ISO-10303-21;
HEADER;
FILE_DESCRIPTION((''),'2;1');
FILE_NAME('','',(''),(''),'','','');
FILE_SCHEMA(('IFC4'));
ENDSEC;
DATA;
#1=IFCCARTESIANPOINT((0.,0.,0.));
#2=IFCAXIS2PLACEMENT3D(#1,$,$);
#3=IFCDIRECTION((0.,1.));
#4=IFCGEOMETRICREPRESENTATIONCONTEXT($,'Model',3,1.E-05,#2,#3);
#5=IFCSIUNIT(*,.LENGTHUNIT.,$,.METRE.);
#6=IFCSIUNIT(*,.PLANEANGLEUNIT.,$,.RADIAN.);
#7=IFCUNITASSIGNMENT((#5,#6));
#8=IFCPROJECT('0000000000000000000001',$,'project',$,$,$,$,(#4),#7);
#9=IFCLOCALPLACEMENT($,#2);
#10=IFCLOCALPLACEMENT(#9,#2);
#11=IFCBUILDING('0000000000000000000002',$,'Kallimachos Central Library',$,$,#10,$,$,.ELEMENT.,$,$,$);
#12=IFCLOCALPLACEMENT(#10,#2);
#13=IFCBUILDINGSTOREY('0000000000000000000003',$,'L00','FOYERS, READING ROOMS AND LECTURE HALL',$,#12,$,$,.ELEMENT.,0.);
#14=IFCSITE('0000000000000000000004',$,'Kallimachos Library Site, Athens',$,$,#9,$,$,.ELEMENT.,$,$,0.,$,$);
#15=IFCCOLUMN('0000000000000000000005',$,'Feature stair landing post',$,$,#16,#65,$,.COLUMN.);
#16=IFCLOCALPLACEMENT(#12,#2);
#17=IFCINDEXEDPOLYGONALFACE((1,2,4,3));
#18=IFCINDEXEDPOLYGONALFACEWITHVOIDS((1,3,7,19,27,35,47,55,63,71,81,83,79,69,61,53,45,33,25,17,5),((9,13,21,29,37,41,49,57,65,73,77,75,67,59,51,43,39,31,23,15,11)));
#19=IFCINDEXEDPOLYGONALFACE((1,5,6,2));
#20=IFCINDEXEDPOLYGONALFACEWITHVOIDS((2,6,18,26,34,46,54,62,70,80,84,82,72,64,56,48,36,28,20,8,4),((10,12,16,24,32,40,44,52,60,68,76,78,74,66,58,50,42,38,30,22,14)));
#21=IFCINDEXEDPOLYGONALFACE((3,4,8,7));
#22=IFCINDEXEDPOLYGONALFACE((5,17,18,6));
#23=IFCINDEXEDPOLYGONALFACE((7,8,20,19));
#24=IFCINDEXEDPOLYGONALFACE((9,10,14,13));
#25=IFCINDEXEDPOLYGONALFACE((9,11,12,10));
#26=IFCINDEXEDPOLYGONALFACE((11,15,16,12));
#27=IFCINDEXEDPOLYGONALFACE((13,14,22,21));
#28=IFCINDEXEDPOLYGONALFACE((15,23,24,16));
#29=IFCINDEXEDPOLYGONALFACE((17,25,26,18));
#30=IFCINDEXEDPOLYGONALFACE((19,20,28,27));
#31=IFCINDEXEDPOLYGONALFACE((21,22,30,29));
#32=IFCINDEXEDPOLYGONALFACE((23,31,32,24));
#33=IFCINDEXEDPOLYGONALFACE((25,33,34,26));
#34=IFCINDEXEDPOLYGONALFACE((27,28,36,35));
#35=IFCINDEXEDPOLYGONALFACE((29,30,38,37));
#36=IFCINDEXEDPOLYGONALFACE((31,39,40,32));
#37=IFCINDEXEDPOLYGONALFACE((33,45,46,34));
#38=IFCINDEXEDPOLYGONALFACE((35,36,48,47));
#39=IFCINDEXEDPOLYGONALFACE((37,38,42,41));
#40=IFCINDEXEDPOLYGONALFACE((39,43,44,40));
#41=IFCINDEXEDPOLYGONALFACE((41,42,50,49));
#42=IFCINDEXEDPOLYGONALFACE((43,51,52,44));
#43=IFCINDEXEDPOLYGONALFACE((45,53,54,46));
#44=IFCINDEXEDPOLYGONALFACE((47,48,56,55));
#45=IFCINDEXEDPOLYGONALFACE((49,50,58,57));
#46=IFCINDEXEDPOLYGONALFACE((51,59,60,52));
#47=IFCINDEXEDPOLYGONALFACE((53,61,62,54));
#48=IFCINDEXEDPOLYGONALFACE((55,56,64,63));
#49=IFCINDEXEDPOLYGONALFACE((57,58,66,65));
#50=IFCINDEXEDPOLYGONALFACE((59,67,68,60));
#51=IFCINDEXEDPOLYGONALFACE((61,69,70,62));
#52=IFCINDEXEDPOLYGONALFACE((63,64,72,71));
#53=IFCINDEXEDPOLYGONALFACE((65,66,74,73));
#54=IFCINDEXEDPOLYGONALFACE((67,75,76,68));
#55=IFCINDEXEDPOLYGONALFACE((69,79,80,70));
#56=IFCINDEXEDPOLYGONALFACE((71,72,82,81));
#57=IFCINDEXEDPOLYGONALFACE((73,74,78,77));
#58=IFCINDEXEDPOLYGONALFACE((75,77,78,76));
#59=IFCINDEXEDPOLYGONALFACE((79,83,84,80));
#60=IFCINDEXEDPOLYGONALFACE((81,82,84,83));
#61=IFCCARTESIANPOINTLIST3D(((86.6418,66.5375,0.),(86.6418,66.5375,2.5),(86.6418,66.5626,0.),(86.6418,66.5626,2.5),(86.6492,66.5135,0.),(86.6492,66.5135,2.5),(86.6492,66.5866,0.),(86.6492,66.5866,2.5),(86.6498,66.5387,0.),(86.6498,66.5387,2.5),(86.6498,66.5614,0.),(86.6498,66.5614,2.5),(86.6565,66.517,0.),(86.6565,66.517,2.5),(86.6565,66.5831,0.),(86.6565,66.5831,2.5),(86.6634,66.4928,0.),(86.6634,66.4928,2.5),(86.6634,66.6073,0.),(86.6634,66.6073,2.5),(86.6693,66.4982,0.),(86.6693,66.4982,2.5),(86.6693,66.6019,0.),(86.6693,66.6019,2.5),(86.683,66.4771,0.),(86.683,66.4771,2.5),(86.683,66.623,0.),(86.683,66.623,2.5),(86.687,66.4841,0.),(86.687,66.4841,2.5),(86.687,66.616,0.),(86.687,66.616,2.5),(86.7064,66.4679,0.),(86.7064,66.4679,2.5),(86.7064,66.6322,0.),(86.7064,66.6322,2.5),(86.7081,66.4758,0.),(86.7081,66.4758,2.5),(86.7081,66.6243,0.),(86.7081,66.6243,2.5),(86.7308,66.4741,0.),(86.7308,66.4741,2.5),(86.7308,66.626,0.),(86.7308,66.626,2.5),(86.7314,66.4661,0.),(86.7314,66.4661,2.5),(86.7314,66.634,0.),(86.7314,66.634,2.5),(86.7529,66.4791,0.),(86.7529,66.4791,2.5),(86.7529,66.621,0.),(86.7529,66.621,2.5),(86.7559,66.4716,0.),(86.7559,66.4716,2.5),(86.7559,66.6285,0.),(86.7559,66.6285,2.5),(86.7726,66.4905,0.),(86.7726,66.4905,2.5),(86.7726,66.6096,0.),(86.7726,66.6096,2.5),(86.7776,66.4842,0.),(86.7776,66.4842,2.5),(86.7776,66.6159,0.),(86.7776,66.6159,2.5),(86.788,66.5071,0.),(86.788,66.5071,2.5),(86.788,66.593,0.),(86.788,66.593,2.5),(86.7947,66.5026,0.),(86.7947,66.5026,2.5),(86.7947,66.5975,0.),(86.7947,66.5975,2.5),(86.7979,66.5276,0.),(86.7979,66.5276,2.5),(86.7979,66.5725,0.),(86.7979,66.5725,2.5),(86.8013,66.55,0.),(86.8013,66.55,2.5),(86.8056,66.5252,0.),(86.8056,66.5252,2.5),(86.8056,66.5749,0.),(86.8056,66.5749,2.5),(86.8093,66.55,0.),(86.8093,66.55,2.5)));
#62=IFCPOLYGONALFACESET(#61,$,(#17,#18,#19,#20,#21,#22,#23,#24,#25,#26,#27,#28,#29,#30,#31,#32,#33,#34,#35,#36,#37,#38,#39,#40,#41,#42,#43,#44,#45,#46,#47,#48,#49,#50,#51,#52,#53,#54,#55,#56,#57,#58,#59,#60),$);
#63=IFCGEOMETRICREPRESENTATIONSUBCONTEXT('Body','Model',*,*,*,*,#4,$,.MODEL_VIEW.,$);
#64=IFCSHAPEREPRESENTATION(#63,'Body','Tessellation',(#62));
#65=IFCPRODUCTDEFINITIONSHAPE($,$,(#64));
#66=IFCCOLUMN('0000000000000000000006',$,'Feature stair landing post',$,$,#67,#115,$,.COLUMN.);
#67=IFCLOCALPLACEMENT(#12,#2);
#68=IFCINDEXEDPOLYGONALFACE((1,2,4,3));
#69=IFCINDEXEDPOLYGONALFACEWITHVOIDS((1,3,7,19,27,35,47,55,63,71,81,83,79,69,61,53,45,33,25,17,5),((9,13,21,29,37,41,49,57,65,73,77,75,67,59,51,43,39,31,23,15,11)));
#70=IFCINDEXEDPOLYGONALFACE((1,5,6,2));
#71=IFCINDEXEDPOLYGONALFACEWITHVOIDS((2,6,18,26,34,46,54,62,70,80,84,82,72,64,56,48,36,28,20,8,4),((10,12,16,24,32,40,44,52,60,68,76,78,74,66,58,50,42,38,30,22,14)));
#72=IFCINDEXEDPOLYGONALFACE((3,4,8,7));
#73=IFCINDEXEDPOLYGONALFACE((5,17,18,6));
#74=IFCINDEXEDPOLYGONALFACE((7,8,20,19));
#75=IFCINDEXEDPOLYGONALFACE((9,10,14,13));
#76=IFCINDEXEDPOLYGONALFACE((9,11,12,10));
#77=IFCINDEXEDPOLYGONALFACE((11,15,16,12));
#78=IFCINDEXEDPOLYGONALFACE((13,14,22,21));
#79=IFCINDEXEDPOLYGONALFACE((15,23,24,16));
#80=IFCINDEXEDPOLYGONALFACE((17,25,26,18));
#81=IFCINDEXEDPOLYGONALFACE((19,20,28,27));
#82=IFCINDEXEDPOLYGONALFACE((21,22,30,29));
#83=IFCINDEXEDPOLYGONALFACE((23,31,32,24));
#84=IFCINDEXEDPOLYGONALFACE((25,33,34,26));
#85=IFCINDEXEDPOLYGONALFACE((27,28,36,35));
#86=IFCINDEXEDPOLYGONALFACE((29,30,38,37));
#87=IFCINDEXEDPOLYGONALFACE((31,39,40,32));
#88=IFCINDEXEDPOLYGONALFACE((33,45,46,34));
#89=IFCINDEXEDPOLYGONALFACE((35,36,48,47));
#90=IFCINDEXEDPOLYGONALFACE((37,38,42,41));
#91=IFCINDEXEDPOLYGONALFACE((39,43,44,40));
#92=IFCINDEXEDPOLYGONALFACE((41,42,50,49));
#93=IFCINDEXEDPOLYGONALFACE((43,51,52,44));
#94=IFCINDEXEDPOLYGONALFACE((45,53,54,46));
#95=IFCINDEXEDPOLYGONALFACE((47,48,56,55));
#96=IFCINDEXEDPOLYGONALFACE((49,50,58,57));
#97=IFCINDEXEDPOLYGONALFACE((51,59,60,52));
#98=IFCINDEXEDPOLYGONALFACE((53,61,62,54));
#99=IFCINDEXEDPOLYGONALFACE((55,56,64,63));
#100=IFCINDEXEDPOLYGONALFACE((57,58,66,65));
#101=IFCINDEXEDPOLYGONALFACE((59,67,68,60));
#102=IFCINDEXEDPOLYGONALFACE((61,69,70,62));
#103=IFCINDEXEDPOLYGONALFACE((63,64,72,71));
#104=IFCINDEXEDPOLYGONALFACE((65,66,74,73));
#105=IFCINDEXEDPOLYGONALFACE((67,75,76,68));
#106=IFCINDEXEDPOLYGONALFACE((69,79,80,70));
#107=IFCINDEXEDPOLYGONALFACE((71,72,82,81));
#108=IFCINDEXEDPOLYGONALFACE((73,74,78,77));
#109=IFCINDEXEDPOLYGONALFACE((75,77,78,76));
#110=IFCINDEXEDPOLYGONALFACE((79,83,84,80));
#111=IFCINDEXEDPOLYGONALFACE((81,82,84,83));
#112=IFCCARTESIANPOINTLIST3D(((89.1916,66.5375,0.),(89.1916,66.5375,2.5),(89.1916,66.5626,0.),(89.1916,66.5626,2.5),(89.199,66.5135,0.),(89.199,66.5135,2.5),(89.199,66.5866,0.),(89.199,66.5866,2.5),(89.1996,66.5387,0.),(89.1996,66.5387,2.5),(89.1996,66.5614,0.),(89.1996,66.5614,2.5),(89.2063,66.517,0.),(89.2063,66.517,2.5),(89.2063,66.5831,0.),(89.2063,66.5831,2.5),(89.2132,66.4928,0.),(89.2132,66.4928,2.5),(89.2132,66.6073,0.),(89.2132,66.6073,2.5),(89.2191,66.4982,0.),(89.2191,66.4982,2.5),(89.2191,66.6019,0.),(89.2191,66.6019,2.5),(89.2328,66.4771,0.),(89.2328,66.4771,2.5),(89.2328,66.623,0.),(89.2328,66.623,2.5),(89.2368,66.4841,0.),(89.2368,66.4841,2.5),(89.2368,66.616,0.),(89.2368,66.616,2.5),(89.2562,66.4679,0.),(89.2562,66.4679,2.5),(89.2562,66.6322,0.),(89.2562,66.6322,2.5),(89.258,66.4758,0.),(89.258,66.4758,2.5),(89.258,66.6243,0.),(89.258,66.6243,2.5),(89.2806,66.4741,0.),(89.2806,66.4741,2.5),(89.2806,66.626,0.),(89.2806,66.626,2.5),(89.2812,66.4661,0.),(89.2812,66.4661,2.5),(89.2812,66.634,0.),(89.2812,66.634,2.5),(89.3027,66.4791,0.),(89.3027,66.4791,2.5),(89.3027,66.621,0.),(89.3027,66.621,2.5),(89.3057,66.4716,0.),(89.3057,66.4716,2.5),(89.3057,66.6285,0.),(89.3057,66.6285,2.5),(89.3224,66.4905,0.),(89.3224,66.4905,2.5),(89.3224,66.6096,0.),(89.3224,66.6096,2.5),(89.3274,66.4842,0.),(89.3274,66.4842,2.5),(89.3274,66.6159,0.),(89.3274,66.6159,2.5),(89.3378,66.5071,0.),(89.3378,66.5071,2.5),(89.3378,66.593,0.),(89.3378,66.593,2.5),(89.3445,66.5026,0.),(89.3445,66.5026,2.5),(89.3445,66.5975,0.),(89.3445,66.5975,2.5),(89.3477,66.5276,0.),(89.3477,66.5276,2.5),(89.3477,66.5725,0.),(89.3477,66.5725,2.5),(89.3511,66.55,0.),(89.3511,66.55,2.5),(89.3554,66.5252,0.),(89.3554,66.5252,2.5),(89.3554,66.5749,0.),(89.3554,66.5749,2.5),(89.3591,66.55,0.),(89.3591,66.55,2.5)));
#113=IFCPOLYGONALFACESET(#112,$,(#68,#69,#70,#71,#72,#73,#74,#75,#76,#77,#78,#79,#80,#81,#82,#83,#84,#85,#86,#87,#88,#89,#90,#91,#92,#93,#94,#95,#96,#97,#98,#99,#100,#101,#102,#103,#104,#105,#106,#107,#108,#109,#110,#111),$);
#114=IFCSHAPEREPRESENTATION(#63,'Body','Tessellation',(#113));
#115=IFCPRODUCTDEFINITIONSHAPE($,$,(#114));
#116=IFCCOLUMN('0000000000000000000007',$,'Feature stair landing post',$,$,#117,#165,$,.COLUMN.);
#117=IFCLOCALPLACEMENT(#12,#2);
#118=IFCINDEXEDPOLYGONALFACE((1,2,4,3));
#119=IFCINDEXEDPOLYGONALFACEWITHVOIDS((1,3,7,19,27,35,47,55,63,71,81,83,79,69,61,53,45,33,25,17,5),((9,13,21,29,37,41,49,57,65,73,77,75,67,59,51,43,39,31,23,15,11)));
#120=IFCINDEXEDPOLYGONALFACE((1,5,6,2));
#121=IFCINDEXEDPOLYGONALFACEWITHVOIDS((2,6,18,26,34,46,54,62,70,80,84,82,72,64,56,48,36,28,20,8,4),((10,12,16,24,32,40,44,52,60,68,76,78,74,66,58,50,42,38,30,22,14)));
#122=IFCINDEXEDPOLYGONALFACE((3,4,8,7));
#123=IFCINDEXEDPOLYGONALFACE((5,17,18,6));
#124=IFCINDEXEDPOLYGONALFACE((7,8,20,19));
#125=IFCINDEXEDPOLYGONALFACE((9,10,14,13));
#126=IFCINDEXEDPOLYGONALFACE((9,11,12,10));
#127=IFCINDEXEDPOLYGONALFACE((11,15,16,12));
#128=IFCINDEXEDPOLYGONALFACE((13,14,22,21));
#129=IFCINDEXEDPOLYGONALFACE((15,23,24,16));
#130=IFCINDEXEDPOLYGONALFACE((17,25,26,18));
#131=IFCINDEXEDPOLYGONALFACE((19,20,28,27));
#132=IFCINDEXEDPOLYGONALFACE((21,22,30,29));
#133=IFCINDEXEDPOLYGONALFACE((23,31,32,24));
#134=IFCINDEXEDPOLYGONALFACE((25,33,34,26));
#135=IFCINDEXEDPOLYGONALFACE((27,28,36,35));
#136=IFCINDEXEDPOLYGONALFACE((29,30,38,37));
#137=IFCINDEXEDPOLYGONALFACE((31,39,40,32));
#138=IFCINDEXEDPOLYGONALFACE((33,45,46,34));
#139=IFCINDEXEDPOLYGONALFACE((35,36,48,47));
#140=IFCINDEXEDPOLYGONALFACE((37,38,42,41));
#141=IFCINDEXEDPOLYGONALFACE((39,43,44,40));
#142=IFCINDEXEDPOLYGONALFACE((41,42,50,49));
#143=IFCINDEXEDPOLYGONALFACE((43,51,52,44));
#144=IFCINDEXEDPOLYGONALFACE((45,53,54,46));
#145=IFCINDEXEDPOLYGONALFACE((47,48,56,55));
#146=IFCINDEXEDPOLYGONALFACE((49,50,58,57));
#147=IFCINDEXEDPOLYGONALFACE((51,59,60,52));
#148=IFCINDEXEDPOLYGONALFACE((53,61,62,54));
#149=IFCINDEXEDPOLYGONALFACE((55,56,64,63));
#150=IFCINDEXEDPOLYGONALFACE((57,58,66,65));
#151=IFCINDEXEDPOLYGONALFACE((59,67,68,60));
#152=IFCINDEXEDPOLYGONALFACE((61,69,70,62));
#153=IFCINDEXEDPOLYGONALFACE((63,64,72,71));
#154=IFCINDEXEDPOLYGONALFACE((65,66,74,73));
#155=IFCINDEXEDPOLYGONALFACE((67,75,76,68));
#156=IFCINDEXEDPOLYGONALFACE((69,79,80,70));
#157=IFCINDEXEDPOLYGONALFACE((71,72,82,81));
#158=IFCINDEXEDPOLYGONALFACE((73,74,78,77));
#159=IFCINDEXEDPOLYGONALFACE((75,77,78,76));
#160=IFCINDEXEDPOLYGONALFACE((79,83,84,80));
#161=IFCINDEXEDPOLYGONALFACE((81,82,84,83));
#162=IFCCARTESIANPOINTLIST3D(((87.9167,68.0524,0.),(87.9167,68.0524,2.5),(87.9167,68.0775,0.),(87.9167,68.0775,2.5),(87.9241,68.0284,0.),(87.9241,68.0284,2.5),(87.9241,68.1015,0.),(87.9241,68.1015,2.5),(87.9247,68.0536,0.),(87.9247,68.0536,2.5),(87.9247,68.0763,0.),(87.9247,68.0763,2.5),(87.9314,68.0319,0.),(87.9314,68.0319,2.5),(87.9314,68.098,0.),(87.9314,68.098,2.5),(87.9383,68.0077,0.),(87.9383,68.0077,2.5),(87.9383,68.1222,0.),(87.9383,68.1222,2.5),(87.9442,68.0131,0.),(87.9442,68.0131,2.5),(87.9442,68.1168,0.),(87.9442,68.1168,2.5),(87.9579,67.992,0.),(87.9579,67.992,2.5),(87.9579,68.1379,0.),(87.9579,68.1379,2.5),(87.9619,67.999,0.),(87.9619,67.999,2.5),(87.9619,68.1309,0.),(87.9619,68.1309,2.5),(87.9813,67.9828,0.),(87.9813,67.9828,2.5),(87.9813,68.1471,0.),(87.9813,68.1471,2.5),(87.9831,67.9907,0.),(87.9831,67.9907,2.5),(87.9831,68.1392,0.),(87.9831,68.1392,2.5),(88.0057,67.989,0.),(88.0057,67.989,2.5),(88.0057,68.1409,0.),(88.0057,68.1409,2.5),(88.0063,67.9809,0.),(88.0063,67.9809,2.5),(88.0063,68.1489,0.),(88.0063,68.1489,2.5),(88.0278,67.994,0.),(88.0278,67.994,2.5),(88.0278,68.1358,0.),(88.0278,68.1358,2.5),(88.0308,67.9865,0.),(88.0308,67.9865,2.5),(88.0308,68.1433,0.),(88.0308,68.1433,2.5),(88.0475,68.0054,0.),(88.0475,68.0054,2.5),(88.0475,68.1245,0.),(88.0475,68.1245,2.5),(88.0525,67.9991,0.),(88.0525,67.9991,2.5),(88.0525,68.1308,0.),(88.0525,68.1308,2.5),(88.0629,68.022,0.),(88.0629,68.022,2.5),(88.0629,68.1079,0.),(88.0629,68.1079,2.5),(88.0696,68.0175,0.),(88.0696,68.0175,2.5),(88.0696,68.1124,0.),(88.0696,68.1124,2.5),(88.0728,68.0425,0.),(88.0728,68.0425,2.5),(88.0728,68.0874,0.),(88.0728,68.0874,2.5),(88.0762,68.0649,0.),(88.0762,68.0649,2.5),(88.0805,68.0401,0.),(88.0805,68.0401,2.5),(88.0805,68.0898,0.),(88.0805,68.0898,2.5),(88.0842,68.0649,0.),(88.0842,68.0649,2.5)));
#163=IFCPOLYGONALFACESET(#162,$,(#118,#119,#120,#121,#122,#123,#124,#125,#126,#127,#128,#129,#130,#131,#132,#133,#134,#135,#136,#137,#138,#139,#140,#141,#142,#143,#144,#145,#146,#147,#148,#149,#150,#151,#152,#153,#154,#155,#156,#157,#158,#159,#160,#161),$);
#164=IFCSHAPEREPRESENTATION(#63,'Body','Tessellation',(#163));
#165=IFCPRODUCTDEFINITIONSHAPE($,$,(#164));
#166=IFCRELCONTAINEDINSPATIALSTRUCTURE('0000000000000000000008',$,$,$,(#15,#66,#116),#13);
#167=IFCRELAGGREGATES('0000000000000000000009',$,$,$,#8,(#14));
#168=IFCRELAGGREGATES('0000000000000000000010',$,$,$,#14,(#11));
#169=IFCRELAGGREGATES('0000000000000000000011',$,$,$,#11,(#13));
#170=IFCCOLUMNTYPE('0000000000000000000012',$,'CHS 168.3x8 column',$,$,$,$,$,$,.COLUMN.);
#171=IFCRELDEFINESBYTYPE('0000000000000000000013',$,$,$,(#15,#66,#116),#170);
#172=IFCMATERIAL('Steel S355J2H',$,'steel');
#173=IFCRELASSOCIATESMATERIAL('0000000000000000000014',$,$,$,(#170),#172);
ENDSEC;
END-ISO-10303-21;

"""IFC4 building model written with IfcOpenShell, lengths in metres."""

from ifc_helpers import new_model, si_unit, direction, frame, origin, origin_2d, place, context, subcontext, project, spatial, hollow_circle, extrude, material, material_profile, profile_set, type_object, element, save


model = new_model("IFC4")

# Units and contexts
model_context = context("Model", 3, precision=1e-05, world=origin(), true_north=direction((0.0, 1.0)))
body_context = subcontext(model_context, "Body", "Model", "MODEL_VIEW")
ifc_project = project(units=[si_unit("LENGTHUNIT", "METRE"), si_unit("PLANEANGLEUNIT", "RADIAN")], contexts=[model_context])

# Site, building, storey
site_placement = place(None, origin())
site = spatial("IfcSite", under=ifc_project, at=site_placement, Name="Kallimachos Library Site, Athens", CompositionType="ELEMENT", RefElevation=0.0)
building_placement = place(site_placement, origin())
building = spatial("IfcBuilding", under=site, at=building_placement, Name="Kallimachos Central Library", CompositionType="ELEMENT")
storey_placement = place(building_placement, origin())
storey = spatial("IfcBuildingStorey", under=building, at=storey_placement, Name="L00", Description="FOYERS, READING ROOMS AND LECTURE HALL", CompositionType="ELEMENT", Elevation=0.0)

# Columns
ifc_material_1 = material(Name="Steel S355J2H", Category="steel")
ifc_material_profile = material_profile(ifc_material_1, hollow_circle(Radius=0.0842, WallThickness=0.0081, at=origin_2d()), Name="CHS 168.3x8")
ifc_profile_set = profile_set([ifc_material_profile], Name="Steel S355J2H")
column_type = type_object("IfcColumnType", Name="CHS 168.3x8 column", PredefinedType="COLUMN", material=ifc_profile_set)
for number, where, z_axis, x_axis, name in (
    (1, (86.7251, 66.55, 0.0), (0.0, 0.0, 1.0), (1.0, 0.0, 0.0), "Feature stair landing post"),
    (2, (89.2749, 66.55, 0.0), (0.0, 0.0, 1.0), (1.0, 0.0, 0.0), "Feature stair landing post"),
    (3, (88.0, 68.0649, 0.0), (0.0, 0.0, 1.0), (1.0, 0.0, 0.0), "Feature stair landing post"),
):
    element("IfcColumn", number, at=place(storey_placement, frame(where, z_axis=z_axis, x_axis=x_axis)), inside=storey, type_object=column_type, Name=name, PredefinedType="COLUMN", context=body_context, shape_type="SweptSolid", body=[
        extrude(hollow_circle(Radius=0.0842, WallThickness=0.0081, at=origin_2d()), origin(), (0.0, 0.0, 1.0), 2.5),
    ])

save(model, "model.ifc")
